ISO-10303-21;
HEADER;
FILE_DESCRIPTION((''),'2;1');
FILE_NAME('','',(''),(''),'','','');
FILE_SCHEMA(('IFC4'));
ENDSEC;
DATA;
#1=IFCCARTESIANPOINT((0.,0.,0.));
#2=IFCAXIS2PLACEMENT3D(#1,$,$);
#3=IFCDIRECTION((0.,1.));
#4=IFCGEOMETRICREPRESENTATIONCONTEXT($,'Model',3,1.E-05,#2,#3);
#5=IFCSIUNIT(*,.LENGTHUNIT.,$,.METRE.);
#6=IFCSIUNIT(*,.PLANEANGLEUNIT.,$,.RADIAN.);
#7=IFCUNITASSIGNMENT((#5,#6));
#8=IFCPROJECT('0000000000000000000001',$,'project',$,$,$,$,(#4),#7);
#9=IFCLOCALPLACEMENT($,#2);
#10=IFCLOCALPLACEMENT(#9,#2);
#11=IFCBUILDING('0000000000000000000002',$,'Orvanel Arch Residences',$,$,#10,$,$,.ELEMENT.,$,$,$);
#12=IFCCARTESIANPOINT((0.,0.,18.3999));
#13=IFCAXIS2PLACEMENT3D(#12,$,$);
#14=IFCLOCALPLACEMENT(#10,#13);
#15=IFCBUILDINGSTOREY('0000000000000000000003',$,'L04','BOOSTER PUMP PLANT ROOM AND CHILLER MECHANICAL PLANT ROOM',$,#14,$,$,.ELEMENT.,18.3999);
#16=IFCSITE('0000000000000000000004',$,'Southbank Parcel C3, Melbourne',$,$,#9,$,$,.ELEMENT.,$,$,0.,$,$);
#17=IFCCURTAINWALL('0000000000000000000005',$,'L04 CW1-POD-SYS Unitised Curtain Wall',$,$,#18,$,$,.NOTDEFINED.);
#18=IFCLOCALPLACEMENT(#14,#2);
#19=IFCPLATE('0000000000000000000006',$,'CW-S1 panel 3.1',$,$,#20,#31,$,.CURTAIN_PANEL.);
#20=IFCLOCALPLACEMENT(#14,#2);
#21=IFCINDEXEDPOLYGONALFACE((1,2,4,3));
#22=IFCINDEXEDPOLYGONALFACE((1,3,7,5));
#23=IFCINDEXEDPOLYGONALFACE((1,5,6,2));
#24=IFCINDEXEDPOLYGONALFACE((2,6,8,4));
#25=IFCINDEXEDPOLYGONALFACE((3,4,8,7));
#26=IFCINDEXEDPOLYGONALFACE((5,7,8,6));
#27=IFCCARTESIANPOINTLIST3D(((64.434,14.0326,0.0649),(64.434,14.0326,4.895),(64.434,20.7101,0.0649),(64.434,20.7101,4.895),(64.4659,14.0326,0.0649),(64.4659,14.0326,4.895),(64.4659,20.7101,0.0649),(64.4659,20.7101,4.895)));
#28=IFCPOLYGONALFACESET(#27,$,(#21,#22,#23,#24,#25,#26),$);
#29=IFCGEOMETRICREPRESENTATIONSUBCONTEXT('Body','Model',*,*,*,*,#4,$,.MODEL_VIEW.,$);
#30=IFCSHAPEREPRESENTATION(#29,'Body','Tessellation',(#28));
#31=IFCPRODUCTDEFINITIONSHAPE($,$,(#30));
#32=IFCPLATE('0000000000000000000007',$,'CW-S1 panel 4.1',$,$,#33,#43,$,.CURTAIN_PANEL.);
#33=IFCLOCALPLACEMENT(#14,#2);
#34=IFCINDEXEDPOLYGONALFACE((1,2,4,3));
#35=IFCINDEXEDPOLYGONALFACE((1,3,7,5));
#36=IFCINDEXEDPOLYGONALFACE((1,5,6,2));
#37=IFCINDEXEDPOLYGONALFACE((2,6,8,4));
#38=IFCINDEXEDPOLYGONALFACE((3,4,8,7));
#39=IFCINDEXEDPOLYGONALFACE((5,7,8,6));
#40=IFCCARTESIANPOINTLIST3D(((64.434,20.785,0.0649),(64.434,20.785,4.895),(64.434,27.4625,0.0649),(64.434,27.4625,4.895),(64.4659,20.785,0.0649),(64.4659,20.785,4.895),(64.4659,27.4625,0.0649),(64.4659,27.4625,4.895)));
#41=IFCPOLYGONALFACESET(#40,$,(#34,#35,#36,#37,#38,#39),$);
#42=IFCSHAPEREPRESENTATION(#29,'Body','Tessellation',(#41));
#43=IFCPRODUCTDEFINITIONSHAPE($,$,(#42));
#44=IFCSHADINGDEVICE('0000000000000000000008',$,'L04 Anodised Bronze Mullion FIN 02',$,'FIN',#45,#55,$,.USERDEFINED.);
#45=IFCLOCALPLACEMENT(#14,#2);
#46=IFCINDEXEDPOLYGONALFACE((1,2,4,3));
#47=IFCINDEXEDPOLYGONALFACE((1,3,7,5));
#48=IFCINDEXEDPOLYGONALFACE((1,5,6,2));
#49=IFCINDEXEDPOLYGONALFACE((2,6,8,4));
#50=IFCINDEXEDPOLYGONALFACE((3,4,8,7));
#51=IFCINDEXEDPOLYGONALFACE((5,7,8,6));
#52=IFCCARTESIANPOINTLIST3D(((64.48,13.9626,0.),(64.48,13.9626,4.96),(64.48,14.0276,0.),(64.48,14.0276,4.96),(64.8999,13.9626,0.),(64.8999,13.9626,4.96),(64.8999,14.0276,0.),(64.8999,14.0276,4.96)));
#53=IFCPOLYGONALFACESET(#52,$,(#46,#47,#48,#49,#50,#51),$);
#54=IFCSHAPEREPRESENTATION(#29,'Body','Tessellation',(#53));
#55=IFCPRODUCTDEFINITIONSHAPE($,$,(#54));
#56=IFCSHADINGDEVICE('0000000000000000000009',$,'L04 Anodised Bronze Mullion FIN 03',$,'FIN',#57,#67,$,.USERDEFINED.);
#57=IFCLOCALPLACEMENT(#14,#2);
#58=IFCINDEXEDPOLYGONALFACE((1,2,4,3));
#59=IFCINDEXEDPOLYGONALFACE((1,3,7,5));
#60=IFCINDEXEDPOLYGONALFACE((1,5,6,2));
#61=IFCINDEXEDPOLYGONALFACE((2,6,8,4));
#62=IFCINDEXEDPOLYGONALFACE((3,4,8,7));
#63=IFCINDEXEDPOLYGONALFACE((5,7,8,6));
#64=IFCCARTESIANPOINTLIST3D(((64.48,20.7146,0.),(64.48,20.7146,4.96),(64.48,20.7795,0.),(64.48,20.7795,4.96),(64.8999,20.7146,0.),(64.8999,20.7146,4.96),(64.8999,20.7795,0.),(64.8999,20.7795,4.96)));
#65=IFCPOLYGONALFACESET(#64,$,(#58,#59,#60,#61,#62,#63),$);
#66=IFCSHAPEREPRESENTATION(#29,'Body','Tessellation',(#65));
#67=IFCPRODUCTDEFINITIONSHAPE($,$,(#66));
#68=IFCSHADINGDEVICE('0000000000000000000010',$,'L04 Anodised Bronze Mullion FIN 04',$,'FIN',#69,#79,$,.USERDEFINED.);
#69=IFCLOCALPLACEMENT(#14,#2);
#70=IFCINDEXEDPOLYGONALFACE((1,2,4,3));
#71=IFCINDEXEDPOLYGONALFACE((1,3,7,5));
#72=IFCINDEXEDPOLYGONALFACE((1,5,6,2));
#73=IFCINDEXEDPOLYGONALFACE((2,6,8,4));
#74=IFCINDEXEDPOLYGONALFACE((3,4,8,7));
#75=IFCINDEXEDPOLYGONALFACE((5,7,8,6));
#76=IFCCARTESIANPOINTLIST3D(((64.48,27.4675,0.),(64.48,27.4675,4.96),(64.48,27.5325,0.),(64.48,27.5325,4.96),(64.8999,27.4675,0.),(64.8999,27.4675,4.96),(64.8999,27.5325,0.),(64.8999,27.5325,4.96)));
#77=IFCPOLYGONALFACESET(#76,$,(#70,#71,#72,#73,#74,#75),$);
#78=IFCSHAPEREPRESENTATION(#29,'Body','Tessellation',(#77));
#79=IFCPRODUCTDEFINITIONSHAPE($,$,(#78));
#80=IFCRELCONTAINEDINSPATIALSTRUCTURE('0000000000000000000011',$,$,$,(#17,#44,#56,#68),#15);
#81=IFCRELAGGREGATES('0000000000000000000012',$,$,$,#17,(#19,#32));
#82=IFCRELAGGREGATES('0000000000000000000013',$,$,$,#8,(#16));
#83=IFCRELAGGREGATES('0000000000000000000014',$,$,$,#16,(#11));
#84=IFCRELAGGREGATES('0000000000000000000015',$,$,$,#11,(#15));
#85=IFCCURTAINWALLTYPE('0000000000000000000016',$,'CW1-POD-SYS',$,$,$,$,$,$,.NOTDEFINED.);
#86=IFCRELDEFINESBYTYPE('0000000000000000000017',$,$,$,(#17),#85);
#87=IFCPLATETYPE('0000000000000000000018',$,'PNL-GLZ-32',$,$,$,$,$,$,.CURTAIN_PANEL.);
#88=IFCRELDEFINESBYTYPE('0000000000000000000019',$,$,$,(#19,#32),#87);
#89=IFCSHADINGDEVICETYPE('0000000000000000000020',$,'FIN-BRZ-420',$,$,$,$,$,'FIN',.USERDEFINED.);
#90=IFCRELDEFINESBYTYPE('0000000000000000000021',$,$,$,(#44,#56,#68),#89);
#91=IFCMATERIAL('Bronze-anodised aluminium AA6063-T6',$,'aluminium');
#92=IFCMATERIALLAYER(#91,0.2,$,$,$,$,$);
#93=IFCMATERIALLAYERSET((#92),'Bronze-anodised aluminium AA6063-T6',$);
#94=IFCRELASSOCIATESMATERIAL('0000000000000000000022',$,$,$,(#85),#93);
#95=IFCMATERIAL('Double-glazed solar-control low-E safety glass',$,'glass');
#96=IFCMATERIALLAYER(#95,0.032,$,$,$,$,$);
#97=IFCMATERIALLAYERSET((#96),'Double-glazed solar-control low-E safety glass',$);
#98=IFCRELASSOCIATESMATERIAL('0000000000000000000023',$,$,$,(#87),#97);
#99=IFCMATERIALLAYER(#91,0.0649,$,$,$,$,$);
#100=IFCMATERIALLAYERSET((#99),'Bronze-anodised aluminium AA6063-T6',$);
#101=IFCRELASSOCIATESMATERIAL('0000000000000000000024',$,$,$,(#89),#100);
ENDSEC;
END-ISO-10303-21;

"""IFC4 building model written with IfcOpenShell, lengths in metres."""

from ifc_helpers import new_model, si_unit, direction, frame, origin, origin_2d, place, context, subcontext, project, spatial, rectangle, extrude, material, layer, layer_set, type_object, element, aggregate, save


model = new_model("IFC4")

# Units and contexts
model_context = context("Model", 3, precision=1e-05, world=origin(), true_north=direction((0.0, 1.0)))
body_context = subcontext(model_context, "Body", "Model", "MODEL_VIEW")
ifc_project = project(units=[si_unit("LENGTHUNIT", "METRE"), si_unit("PLANEANGLEUNIT", "RADIAN")], contexts=[model_context])

# Site, building, storey
site_placement = place(None, origin())
site = spatial("IfcSite", under=ifc_project, at=site_placement, Name="Southbank Parcel C3, Melbourne", CompositionType="ELEMENT", RefElevation=0.0)
building_placement = place(site_placement, origin())
building = spatial("IfcBuilding", under=site, at=building_placement, Name="Orvanel Arch Residences", CompositionType="ELEMENT")
storey_placement = place(building_placement, frame((0.0, 0.0, 18.3999)))
storey = spatial("IfcBuildingStorey", under=building, at=storey_placement, Name="L04", Description="BOOSTER PUMP PLANT ROOM AND CHILLER MECHANICAL PLANT ROOM", CompositionType="ELEMENT", Elevation=18.3999)

# Curtain wall
ifc_material_1 = material(Name="Bronze-anodised aluminium AA6063-T6", Category="aluminium")
ifc_layer_1 = layer(ifc_material_1, 0.2)
ifc_layer_set_1 = layer_set([ifc_layer_1], Name="Bronze-anodised aluminium AA6063-T6")
curtain_wall_type = type_object("IfcCurtainWallType", Name="CW1-POD-SYS", PredefinedType="NOTDEFINED", material=ifc_layer_set_1)
curtain_wall_placement = place(storey_placement, origin())
curtain_wall = element("IfcCurtainWall", 1, at=curtain_wall_placement, inside=storey, type_object=curtain_wall_type, Name="L04 CW1-POD-SYS Unitised Curtain Wall", PredefinedType="NOTDEFINED")

# Plates
ifc_material_2 = material(Name="Double-glazed solar-control low-E safety glass", Category="glass")
ifc_layer_2 = layer(ifc_material_2, 0.032)
ifc_layer_set_2 = layer_set([ifc_layer_2], Name="Double-glazed solar-control low-E safety glass")
plate_type_1 = type_object("IfcPlateType", Name="PNL-GLZ-32", PredefinedType="CURTAIN_PANEL", material=ifc_layer_set_2)
plate_1_placement = place(storey_placement, frame((64.45, 17.3713, 0.0649), z_axis=(0.0, 0.0, 1.0), x_axis=(0.0, 1.0, 0.0)))
plate_1 = element("IfcPlate", 2, at=plate_1_placement, type_object=plate_type_1, Name="CW-S1 panel 3.1", PredefinedType="CURTAIN_PANEL", context=body_context, shape_type="SweptSolid", body=[
    extrude(rectangle(XDim=6.6775, YDim=0.032, at=origin_2d()), origin(), (0.0, 0.0, 1.0), 4.8301),
])
plate_2_placement = place(storey_placement, frame((64.45, 24.1238, 0.0649), z_axis=(0.0, 0.0, 1.0), x_axis=(0.0, 1.0, 0.0)))
plate_2 = element("IfcPlate", 3, at=plate_2_placement, type_object=plate_type_1, Name="CW-S1 panel 4.1", PredefinedType="CURTAIN_PANEL", context=body_context, shape_type="SweptSolid", body=[
    extrude(rectangle(XDim=6.6775, YDim=0.032, at=origin_2d()), origin(), (0.0, 0.0, 1.0), 4.8301),
])
aggregate(curtain_wall, [plate_1, plate_2])

# Shading devices
ifc_layer_3 = layer(ifc_material_1, 0.0649)
ifc_layer_set_3 = layer_set([ifc_layer_3], Name="Bronze-anodised aluminium AA6063-T6")
shading_device_type = type_object("IfcShadingDeviceType", Name="FIN-BRZ-420", ElementType="FIN", PredefinedType="USERDEFINED", material=ifc_layer_set_3)
for number, where, z_axis, x_axis, name in (
    (4, (64.6899, 13.9951, 0.0), (0.0, 0.0, 1.0), (1.0, 0.0, 0.0), "L04 Anodised Bronze Mullion FIN 02"),
    (5, (64.6899, 20.7471, 0.0), (0.0, 0.0, 1.0), (1.0, 0.0, 0.0), "L04 Anodised Bronze Mullion FIN 03"),
    (6, (64.6899, 27.5, 0.0), (0.0, 0.0, 1.0), (1.0, 0.0, 0.0), "L04 Anodised Bronze Mullion FIN 04"),
):
    element("IfcShadingDevice", number, at=place(storey_placement, frame(where, z_axis=z_axis, x_axis=x_axis)), inside=storey, type_object=shading_device_type, Name=name, ObjectType="FIN", PredefinedType="USERDEFINED", context=body_context, shape_type="SweptSolid", body=[
        extrude(rectangle(XDim=0.4199, YDim=0.0649, at=origin_2d()), origin(), (0.0, 0.0, 1.0), 4.96),
    ])

save(model, "model.ifc")
